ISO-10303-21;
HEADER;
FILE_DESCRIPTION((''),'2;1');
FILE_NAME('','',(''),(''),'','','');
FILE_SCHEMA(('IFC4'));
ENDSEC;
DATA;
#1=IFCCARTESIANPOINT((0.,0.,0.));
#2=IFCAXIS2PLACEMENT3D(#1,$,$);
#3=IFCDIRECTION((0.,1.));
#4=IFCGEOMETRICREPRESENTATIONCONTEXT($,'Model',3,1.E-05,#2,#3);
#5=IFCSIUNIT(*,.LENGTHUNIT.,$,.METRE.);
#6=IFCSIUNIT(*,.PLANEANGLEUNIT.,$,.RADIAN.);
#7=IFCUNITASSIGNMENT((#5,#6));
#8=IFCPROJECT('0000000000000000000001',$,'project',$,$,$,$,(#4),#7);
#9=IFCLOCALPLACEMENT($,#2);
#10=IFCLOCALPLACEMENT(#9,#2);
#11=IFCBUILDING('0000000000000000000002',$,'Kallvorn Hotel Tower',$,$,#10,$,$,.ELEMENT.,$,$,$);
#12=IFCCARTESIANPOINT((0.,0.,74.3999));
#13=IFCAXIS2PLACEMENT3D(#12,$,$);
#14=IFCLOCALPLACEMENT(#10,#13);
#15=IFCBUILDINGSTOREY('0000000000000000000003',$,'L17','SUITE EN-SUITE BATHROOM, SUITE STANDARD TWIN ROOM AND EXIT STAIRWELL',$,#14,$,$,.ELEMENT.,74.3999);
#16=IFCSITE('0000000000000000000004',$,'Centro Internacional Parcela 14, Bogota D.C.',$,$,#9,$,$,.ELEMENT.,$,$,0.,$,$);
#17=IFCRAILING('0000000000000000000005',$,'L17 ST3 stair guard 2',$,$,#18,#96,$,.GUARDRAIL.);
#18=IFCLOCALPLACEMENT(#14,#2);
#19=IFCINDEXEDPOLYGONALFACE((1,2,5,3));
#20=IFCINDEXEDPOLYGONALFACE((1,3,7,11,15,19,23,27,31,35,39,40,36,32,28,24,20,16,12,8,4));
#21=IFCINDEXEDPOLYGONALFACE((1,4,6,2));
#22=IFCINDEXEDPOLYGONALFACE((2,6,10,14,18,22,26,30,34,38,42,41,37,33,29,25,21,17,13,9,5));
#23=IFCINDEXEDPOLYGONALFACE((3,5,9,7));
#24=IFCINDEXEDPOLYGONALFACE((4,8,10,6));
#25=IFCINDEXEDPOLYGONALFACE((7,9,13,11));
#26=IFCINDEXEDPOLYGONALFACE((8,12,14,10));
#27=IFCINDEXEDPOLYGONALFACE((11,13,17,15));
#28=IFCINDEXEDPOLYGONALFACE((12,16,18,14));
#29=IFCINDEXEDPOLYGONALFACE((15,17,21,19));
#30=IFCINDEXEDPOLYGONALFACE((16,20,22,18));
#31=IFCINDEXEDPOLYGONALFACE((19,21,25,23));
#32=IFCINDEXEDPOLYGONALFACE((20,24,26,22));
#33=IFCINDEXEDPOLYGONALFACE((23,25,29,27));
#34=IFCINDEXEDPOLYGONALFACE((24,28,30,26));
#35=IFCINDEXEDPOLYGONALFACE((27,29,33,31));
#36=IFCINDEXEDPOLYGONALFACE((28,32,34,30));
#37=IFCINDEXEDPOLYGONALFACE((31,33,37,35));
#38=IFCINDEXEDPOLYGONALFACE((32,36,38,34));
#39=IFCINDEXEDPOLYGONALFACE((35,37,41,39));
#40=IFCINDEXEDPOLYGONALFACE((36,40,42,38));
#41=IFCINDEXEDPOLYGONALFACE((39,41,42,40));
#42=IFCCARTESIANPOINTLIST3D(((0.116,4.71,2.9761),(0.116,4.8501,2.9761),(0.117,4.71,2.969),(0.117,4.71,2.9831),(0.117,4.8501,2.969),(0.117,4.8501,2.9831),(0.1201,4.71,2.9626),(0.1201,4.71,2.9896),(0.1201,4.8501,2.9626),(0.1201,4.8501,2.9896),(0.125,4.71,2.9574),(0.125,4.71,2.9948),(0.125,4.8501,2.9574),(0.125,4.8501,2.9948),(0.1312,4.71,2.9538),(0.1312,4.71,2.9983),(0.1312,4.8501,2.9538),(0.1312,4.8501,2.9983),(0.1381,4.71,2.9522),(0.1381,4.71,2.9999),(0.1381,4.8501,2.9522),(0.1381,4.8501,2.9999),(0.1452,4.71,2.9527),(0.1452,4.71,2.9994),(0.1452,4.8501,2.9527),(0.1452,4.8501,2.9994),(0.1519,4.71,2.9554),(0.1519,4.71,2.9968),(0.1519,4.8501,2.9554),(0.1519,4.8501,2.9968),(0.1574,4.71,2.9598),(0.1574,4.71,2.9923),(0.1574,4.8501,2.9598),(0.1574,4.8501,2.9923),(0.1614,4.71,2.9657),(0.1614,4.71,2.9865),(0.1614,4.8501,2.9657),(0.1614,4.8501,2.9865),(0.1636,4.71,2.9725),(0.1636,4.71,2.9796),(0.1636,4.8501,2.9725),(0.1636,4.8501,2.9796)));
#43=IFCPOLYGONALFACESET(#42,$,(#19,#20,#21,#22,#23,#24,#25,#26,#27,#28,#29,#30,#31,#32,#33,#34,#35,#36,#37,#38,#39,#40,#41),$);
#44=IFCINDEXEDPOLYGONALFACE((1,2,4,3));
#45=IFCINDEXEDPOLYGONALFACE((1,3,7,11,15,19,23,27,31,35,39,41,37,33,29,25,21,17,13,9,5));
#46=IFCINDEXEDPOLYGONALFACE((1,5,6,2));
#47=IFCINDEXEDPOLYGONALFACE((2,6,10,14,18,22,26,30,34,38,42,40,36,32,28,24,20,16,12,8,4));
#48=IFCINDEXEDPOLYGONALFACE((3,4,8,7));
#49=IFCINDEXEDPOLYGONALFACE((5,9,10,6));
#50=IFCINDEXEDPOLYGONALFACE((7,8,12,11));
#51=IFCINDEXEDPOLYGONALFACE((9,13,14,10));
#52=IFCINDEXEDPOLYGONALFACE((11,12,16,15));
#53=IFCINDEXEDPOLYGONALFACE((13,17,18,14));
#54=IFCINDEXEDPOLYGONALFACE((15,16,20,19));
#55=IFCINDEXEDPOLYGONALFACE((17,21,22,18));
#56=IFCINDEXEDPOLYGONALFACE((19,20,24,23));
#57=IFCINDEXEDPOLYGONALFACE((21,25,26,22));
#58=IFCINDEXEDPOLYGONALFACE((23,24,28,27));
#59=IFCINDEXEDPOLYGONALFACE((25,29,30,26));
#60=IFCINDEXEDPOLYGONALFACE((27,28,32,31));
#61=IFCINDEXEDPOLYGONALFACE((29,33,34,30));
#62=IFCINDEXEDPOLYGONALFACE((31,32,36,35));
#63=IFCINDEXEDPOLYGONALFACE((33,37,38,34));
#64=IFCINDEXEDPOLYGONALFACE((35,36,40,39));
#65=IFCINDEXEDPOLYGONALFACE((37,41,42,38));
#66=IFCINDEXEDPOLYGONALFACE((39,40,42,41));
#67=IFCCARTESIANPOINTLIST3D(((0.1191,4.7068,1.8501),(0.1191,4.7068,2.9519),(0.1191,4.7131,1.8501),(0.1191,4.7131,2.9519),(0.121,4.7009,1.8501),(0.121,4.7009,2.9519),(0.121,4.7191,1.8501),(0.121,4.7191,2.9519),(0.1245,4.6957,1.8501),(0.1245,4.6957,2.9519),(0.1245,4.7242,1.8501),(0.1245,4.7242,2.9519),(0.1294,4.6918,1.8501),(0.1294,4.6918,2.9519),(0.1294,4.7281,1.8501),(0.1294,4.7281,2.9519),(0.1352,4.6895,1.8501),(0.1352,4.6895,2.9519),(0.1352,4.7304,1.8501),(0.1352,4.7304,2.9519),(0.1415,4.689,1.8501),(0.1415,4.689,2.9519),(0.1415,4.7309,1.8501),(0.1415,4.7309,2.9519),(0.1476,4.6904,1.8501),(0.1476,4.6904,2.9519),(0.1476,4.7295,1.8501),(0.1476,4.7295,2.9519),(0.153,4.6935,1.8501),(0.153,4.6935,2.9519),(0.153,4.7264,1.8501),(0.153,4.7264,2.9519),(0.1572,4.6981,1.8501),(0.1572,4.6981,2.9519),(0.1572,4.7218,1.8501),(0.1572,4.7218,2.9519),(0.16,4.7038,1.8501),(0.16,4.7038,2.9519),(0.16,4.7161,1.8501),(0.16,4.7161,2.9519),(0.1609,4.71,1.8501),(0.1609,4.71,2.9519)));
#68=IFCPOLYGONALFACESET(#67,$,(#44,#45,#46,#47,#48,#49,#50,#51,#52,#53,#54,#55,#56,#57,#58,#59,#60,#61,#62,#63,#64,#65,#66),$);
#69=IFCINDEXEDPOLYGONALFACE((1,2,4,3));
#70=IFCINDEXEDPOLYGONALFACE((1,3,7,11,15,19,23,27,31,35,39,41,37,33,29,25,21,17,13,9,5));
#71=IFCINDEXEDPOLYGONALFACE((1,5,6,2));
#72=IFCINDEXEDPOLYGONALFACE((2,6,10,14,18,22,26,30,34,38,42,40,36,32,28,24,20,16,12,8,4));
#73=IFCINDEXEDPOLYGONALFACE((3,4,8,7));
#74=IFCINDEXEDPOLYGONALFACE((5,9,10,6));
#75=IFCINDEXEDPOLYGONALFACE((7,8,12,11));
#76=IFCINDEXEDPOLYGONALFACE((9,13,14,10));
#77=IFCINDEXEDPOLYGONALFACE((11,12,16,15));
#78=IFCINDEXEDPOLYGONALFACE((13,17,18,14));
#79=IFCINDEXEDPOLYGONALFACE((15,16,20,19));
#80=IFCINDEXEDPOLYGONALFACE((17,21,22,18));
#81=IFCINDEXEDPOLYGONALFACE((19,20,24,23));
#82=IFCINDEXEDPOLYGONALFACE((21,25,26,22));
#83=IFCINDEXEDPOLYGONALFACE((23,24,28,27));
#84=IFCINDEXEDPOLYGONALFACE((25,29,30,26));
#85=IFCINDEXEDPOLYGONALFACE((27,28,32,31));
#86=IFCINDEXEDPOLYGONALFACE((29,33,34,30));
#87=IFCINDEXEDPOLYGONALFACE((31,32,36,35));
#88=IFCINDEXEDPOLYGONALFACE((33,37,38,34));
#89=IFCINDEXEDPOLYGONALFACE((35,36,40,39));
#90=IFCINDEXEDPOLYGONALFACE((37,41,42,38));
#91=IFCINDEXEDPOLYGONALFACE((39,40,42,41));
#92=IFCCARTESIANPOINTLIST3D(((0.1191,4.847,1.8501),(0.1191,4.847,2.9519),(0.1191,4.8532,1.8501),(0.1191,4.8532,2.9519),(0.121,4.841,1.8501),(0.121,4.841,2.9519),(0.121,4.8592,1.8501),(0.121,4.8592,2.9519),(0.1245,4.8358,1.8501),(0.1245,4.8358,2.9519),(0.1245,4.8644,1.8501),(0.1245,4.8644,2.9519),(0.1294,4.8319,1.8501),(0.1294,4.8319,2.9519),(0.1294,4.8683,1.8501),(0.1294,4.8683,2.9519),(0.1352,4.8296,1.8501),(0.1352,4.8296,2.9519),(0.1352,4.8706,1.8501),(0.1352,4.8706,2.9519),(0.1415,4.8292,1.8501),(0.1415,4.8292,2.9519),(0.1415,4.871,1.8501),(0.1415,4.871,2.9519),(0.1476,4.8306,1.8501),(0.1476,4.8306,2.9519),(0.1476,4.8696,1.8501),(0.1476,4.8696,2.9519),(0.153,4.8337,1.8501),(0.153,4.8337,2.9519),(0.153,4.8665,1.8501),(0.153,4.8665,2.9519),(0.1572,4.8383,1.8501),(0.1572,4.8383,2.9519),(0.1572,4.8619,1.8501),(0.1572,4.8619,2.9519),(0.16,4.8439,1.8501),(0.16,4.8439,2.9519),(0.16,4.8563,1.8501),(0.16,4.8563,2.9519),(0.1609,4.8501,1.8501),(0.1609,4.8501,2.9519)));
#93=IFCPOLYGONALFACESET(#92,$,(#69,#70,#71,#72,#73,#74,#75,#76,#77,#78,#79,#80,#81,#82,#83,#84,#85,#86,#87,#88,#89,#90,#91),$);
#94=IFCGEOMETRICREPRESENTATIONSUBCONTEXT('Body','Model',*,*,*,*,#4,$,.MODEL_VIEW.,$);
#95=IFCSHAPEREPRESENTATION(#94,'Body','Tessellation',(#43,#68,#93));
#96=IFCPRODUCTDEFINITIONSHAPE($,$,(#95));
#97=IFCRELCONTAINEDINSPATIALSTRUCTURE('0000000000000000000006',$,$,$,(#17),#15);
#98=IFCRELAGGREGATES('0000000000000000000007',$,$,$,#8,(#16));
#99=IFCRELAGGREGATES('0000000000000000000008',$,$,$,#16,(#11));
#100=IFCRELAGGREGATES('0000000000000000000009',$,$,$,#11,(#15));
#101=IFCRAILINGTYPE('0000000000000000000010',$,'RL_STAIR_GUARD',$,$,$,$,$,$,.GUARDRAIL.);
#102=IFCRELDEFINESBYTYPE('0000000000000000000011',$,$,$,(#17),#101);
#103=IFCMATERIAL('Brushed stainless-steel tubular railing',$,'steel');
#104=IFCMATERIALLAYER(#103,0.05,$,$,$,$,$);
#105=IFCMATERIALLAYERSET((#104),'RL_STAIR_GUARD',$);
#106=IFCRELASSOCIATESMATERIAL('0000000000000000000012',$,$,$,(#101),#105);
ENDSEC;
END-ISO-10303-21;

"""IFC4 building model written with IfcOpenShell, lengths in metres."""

from ifc_helpers import new_model, si_unit, direction, frame, origin, origin_2d, place, context, subcontext, project, spatial, circle, extrude, material, layer, layer_set, type_object, element, save


model = new_model("IFC4")

# Units and contexts
model_context = context("Model", 3, precision=1e-05, world=origin(), true_north=direction((0.0, 1.0)))
body_context = subcontext(model_context, "Body", "Model", "MODEL_VIEW")
ifc_project = project(units=[si_unit("LENGTHUNIT", "METRE"), si_unit("PLANEANGLEUNIT", "RADIAN")], contexts=[model_context])

# Site, building, storey
site_placement = place(None, origin())
site = spatial("IfcSite", under=ifc_project, at=site_placement, Name="Centro Internacional Parcela 14, Bogota D.C.", CompositionType="ELEMENT", RefElevation=0.0)
building_placement = place(site_placement, origin())
building = spatial("IfcBuilding", under=site, at=building_placement, Name="Kallvorn Hotel Tower", CompositionType="ELEMENT")
storey_placement = place(building_placement, frame((0.0, 0.0, 74.3999)))
storey = spatial("IfcBuildingStorey", under=building, at=storey_placement, Name="L17", Description="SUITE EN-SUITE BATHROOM, SUITE STANDARD TWIN ROOM AND EXIT STAIRWELL", CompositionType="ELEMENT", Elevation=74.3999)

# Railing
ifc_material_1 = material(Name="Brushed stainless-steel tubular railing", Category="steel")
ifc_layer_1 = layer(ifc_material_1, 0.05)
ifc_layer_set_1 = layer_set([ifc_layer_1], Name="RL_STAIR_GUARD")
railing_type_1 = type_object("IfcRailingType", Name="RL_STAIR_GUARD", PredefinedType="GUARDRAIL", material=ifc_layer_set_1)
railing_1_placement = place(storey_placement, frame((0.1399, 4.71, 1.8501)))
element("IfcRailing", 1, at=railing_1_placement, inside=storey, type_object=railing_type_1, Name="L17 ST3 stair guard 2", PredefinedType="GUARDRAIL", context=body_context, shape_type="SweptSolid", body=[
    extrude(circle(Radius=0.0239, at=origin_2d()), frame((0.0, 0.0, 1.126), z_axis=(0.0, 1.0, 0.0), x_axis=(-1.0, 0.0, 0.0)), (0.0, 0.0, 1.0), 0.1401),
    extrude(circle(Radius=0.021, at=origin_2d()), origin(), (0.0, 0.0, 1.0), 1.1018),
    extrude(circle(Radius=0.021, at=origin_2d()), frame((0.0, 0.1401, 0.0)), (0.0, 0.0, 1.0), 1.1018),
])

save(model, "model.ifc")
